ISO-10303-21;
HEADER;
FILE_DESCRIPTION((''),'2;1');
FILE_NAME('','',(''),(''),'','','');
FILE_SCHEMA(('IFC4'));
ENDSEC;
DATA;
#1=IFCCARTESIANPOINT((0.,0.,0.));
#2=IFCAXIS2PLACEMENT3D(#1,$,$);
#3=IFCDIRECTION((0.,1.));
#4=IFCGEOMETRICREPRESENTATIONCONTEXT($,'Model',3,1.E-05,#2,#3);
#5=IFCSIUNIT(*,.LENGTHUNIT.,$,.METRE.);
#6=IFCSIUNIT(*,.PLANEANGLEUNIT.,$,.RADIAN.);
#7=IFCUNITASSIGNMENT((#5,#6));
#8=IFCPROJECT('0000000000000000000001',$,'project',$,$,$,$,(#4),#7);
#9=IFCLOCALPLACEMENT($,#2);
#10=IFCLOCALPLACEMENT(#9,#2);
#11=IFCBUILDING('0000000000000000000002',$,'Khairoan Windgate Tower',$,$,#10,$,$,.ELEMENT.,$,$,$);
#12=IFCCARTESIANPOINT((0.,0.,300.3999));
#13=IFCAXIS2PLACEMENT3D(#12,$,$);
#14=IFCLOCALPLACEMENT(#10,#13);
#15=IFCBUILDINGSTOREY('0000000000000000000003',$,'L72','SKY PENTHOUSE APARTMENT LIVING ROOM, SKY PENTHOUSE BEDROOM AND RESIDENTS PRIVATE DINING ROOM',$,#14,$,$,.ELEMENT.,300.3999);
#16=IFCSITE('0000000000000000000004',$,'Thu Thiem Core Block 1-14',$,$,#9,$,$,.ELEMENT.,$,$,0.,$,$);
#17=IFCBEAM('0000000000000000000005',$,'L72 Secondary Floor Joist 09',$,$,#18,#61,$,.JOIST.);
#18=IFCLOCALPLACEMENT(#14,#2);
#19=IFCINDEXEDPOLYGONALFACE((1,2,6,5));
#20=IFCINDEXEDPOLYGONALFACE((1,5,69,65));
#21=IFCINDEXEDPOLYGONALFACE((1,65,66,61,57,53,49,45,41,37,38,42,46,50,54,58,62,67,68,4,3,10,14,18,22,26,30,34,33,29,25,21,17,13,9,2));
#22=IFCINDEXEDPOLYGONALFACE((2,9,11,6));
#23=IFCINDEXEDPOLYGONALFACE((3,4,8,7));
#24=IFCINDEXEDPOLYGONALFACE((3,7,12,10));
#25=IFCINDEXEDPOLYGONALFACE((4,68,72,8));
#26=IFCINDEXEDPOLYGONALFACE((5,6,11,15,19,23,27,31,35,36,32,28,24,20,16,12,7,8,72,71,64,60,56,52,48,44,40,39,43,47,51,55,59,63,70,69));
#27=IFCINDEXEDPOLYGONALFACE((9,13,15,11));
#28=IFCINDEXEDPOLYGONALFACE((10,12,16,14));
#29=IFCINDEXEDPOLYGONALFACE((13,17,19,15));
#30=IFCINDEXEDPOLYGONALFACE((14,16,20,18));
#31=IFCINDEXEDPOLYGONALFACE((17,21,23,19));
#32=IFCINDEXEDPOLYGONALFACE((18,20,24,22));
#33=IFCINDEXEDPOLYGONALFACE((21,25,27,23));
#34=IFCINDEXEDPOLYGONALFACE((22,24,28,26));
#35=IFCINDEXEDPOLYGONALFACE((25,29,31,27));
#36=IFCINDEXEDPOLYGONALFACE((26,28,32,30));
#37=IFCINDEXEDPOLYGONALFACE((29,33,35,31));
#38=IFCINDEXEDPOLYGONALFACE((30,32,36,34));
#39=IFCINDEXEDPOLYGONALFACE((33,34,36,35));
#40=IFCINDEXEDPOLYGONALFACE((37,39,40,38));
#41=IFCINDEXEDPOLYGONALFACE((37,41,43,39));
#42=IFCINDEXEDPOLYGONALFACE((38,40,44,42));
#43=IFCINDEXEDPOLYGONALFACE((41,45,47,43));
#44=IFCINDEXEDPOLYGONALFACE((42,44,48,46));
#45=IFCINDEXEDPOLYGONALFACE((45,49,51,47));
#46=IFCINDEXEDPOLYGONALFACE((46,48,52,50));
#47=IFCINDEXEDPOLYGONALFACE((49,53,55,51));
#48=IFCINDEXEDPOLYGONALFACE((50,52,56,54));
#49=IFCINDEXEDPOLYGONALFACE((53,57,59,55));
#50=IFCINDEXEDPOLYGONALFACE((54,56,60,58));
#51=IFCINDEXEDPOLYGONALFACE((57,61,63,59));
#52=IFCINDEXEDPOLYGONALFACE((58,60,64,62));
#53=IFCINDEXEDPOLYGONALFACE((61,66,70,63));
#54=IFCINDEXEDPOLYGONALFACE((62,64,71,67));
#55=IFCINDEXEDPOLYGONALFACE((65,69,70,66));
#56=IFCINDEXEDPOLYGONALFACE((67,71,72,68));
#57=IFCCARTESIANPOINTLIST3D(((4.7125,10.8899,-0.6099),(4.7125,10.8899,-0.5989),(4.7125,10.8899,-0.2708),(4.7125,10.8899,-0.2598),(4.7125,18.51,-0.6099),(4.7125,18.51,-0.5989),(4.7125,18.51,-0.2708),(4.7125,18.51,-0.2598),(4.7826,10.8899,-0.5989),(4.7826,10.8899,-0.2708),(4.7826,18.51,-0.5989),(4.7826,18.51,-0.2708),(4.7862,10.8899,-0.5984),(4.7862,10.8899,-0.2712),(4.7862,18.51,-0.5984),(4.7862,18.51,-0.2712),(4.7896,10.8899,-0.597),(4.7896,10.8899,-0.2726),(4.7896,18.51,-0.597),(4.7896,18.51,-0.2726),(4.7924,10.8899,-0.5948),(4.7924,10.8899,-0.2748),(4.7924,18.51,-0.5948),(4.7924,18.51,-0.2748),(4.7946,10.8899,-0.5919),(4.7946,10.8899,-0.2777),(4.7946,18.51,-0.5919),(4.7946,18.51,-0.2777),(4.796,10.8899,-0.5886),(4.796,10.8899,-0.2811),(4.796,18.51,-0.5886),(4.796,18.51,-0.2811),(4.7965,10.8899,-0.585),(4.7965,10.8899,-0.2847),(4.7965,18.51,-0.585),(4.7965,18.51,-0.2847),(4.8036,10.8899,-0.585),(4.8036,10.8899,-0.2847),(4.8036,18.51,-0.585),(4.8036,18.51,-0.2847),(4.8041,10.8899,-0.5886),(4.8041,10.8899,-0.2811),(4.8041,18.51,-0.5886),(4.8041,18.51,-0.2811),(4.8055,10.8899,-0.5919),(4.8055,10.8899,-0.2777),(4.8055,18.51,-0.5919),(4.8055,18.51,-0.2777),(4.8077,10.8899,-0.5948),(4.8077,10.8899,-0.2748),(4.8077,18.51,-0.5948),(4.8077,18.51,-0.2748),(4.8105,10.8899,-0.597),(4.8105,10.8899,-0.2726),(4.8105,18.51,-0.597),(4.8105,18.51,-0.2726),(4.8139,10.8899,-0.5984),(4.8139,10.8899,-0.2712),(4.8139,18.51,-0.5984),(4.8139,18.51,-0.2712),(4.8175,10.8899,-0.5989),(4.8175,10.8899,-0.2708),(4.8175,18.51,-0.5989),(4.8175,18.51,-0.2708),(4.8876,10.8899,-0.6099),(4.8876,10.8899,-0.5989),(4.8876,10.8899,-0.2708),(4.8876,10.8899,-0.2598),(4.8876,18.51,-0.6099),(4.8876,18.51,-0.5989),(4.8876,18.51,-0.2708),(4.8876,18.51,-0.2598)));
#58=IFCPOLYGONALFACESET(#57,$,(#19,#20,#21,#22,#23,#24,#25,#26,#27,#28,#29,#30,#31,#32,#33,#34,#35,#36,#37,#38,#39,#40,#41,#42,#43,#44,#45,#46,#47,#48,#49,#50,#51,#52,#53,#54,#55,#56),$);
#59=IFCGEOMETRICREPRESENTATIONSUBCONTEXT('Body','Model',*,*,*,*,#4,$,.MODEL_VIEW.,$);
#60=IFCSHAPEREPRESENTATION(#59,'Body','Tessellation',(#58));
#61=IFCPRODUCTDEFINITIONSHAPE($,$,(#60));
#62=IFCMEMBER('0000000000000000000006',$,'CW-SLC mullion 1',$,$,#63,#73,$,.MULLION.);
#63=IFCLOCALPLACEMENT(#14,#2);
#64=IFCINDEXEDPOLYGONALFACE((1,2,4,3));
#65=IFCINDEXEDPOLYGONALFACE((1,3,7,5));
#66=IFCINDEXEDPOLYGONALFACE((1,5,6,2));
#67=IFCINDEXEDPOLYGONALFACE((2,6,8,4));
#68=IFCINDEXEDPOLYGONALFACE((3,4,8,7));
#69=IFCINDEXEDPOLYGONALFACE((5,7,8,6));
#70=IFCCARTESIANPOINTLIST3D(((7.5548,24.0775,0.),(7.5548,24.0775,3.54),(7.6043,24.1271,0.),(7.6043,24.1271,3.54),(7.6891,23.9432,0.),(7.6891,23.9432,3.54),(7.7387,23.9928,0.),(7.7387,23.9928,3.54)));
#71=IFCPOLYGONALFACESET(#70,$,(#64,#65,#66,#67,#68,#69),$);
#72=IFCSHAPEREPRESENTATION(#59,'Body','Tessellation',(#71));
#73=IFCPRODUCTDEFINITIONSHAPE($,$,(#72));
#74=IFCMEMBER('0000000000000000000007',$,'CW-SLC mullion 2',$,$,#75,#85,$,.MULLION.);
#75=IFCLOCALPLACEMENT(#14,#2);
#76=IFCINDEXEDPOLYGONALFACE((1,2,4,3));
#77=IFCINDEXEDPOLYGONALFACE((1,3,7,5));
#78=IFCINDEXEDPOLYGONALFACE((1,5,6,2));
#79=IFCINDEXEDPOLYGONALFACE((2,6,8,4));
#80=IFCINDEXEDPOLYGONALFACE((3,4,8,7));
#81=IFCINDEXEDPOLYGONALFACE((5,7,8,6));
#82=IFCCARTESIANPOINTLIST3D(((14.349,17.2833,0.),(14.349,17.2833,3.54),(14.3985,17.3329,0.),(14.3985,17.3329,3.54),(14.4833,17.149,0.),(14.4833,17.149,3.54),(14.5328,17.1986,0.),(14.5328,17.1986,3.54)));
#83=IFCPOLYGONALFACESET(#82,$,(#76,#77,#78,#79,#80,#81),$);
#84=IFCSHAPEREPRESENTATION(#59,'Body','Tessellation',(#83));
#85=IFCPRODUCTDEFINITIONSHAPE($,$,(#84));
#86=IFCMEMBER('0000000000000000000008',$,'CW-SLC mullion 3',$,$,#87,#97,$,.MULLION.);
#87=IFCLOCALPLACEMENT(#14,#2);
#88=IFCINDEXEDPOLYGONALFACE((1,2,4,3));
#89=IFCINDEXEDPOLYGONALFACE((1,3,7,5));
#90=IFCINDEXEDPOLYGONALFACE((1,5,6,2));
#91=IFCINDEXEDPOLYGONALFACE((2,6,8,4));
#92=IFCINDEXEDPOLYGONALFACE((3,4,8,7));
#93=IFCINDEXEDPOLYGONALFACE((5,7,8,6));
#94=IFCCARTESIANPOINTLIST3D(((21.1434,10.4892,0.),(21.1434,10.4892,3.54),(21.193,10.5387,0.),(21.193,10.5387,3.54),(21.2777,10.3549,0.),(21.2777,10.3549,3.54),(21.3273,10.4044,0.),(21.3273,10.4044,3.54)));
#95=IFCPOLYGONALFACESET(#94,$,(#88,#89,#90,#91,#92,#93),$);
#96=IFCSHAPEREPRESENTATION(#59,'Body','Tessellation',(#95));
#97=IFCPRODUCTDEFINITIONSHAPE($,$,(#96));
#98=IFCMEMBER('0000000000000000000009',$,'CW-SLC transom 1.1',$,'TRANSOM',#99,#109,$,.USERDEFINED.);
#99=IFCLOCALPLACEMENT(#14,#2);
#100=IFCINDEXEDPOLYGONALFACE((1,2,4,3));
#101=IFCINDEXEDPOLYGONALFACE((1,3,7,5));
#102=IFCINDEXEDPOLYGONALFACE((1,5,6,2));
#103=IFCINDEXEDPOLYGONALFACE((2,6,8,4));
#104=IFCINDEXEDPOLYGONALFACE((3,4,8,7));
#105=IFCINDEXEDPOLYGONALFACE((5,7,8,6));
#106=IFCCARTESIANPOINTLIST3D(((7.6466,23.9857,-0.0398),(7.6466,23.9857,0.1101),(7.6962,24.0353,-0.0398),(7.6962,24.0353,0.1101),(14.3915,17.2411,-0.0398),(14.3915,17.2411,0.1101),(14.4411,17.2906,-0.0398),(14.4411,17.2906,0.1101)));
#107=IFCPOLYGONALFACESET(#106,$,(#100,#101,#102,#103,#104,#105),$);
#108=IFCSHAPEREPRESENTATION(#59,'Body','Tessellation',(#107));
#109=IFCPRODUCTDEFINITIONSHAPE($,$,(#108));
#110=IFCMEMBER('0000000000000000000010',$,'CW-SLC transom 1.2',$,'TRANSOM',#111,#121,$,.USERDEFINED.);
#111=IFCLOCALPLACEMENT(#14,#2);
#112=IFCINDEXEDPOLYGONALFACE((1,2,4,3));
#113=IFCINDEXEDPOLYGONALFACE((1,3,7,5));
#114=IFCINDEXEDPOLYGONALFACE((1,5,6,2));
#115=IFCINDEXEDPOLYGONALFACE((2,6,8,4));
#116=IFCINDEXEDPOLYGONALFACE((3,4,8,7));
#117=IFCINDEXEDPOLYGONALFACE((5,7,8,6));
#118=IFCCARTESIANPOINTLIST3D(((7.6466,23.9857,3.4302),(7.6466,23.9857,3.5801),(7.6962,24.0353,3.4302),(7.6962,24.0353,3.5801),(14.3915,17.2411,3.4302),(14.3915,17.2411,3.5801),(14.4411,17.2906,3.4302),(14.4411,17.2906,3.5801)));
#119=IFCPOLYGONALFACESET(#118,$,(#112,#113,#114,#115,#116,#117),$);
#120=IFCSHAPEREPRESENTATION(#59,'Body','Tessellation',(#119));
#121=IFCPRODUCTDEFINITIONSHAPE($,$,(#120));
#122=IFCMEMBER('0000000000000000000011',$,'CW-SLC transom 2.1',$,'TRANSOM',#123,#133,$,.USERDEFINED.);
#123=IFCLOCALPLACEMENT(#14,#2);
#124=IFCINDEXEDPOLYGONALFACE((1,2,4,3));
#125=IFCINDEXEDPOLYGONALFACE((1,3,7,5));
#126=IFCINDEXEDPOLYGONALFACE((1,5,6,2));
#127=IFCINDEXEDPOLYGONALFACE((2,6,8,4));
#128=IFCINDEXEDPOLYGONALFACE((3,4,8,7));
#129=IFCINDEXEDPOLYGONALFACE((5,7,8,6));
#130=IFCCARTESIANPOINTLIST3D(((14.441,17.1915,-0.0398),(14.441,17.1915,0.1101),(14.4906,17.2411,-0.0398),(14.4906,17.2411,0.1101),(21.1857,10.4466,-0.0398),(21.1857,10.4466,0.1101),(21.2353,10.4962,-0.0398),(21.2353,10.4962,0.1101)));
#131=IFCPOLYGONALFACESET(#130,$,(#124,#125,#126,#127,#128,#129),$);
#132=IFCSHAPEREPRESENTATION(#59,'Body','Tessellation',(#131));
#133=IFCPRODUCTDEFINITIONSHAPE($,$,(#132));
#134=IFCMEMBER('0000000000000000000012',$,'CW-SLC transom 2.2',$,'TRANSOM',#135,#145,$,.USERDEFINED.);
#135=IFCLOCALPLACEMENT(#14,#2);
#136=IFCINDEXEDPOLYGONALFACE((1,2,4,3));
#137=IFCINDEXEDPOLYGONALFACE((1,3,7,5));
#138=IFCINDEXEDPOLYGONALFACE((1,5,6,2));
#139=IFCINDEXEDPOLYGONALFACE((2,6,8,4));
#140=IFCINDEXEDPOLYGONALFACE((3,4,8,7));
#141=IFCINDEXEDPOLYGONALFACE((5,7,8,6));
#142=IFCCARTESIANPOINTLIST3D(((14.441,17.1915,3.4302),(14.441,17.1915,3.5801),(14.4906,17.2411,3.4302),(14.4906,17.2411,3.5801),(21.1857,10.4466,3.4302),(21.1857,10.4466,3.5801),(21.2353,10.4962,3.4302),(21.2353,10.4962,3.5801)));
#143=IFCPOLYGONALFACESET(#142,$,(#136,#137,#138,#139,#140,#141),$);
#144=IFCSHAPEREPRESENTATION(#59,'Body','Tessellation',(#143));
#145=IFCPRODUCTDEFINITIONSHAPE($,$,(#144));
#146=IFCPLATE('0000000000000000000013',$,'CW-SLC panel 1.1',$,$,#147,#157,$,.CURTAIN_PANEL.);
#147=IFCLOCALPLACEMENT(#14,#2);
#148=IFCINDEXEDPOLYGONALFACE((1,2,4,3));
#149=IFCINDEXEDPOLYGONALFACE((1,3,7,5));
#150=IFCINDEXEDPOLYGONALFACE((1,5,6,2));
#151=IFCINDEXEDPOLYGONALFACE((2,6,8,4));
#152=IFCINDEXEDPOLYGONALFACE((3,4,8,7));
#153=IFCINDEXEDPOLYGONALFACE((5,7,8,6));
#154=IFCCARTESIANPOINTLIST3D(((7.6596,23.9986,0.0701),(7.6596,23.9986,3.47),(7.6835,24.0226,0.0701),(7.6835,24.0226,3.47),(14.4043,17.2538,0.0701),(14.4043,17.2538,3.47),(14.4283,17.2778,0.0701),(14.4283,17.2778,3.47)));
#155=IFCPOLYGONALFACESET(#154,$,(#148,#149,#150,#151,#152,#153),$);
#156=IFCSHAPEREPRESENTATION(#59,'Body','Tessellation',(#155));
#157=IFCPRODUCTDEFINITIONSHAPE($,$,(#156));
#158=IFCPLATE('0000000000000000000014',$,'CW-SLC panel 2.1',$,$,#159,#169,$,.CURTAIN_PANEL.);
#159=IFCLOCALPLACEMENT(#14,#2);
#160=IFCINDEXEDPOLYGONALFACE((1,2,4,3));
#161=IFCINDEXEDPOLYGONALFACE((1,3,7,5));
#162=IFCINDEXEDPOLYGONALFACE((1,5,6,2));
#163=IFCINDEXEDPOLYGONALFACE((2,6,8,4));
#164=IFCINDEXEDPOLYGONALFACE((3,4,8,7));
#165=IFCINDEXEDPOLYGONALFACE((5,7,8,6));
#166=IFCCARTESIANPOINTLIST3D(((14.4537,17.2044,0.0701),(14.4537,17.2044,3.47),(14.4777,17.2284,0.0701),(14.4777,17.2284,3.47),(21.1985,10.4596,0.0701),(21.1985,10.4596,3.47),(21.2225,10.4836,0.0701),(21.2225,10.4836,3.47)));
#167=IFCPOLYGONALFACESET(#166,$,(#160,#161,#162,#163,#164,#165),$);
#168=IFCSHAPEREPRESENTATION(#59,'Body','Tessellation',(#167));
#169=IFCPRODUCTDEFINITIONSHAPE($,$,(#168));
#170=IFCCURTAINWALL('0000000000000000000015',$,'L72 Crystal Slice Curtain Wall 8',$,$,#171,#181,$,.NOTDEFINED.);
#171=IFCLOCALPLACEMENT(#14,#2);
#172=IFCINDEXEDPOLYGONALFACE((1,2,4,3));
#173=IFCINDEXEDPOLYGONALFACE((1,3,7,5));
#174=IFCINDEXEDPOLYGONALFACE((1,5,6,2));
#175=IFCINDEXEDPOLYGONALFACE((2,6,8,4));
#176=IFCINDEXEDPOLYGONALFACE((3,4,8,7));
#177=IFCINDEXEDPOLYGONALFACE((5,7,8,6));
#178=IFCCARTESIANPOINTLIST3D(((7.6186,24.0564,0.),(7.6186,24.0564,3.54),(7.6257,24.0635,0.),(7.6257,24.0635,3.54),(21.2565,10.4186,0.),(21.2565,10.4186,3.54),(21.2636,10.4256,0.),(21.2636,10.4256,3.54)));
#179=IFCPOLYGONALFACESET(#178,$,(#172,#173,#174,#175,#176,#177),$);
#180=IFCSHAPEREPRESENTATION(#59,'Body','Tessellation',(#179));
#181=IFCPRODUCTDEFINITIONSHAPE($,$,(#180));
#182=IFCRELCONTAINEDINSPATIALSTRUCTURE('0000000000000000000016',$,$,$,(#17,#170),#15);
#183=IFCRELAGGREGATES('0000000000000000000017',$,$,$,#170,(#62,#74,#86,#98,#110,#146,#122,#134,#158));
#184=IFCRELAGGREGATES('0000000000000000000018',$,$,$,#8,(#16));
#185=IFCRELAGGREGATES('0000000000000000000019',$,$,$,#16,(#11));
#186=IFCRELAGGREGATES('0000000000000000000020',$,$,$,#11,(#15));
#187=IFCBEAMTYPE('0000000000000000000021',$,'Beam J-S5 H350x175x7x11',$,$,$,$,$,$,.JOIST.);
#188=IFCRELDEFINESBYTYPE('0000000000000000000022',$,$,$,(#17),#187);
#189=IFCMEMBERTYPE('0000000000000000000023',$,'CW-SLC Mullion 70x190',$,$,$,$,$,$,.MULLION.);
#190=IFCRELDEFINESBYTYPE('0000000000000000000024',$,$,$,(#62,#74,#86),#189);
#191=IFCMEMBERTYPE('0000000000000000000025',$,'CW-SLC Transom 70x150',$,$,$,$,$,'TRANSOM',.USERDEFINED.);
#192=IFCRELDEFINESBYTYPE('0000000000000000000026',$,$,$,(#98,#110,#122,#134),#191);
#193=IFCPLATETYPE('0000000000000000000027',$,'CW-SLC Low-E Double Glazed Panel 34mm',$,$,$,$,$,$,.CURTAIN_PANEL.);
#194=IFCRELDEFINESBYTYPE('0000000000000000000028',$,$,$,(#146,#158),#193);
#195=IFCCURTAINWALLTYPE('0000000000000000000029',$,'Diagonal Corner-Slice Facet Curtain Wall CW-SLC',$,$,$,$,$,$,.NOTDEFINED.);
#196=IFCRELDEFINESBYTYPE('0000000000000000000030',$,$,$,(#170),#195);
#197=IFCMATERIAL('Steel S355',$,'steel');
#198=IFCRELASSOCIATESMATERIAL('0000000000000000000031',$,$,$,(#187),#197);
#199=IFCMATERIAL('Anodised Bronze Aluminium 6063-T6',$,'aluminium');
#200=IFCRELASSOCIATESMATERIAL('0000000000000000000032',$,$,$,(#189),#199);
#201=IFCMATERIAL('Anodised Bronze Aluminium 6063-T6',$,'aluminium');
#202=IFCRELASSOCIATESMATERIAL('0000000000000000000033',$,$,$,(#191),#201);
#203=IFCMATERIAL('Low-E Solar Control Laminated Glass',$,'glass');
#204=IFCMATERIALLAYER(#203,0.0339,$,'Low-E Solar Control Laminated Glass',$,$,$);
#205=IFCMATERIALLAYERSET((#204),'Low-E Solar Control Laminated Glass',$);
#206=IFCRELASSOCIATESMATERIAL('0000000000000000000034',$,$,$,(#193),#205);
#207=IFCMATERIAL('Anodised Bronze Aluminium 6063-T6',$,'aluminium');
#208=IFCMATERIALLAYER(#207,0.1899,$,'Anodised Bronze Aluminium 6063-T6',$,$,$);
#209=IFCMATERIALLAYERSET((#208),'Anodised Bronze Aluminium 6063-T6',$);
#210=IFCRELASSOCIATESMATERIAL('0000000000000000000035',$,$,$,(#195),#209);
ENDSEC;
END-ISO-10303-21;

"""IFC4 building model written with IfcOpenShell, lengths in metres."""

from ifc_helpers import new_model, si_unit, direction, frame, frame_2d, origin, origin_2d, place, context, subcontext, project, spatial, rectangle, i_section, extrude, material, layer, layer_set, material_profile, profile_set, type_object, element, aggregate, save


model = new_model("IFC4")

# Units and contexts
model_context = context("Model", 3, precision=1e-05, world=origin(), true_north=direction((0.0, 1.0)))
body_context = subcontext(model_context, "Body", "Model", "MODEL_VIEW")
ifc_project = project(units=[si_unit("LENGTHUNIT", "METRE"), si_unit("PLANEANGLEUNIT", "RADIAN")], contexts=[model_context])

# Site, building, storey
site_placement = place(None, origin())
site = spatial("IfcSite", under=ifc_project, at=site_placement, Name="Thu Thiem Core Block 1-14", CompositionType="ELEMENT", RefElevation=0.0)
building_placement = place(site_placement, origin())
building = spatial("IfcBuilding", under=site, at=building_placement, Name="Khairoan Windgate Tower", CompositionType="ELEMENT")
storey_placement = place(building_placement, frame((0.0, 0.0, 300.3999)))
storey = spatial("IfcBuildingStorey", under=building, at=storey_placement, Name="L72", Description="SKY PENTHOUSE APARTMENT LIVING ROOM, SKY PENTHOUSE BEDROOM AND RESIDENTS PRIVATE DINING ROOM", CompositionType="ELEMENT", Elevation=300.3999)

# Beam
ifc_material_1 = material(Name="Steel S355", Category="steel")
ifc_material_profile_1 = material_profile(ifc_material_1, i_section(OverallWidth=0.175, OverallDepth=0.3501, WebThickness=0.0071, FlangeThickness=0.011, FilletRadius=0.0139, at=origin_2d()))
ifc_profile_set_1 = profile_set([ifc_material_profile_1], Name="Steel S355")
beam_type_1 = type_object("IfcBeamType", Name="Beam J-S5 H350x175x7x11", PredefinedType="JOIST", material=ifc_profile_set_1)
beam_1_placement = place(storey_placement, frame((4.8, 10.8899, -0.4348), z_axis=(0.0, 1.0, 0.0), x_axis=(-1.0, 0.0, 0.0)))
element("IfcBeam", 1, at=beam_1_placement, inside=storey, type_object=beam_type_1, Name="L72 Secondary Floor Joist 09", PredefinedType="JOIST", context=body_context, shape_type="SweptSolid", body=[
    extrude(i_section(OverallWidth=0.175, OverallDepth=0.3501, WebThickness=0.0071, FlangeThickness=0.011, FilletRadius=0.0139, at=origin_2d()), origin(), (0.0, 0.0, 1.0), 7.6201),
])

# Members
ifc_material_2 = material(Name="Anodised Bronze Aluminium 6063-T6", Category="aluminium")
ifc_material_profile_2 = material_profile(ifc_material_2, rectangle(XDim=0.0701, YDim=0.1899, at=origin_2d()))
ifc_profile_set_2 = profile_set([ifc_material_profile_2], Name="Anodised Bronze Aluminium 6063-T6")
member_type_1 = type_object("IfcMemberType", Name="CW-SLC Mullion 70x190", PredefinedType="MULLION", material=ifc_profile_set_2)
member_1_placement = place(storey_placement, frame((7.6467, 24.0352, 0.0), z_axis=(0.0, 0.0, 1.0), x_axis=(0.707107, 0.707107, 0.0)))
member_1 = element("IfcMember", 2, at=member_1_placement, type_object=member_type_1, Name="CW-SLC mullion 1", PredefinedType="MULLION", context=body_context, shape_type="SweptSolid", body=[
    extrude(rectangle(XDim=0.0701, YDim=0.1899, at=origin_2d()), origin(), (0.0, 0.0, 1.0), 3.54),
])
member_2_placement = place(storey_placement, frame((14.4409, 17.241, 0.0), z_axis=(0.0, 0.0, 1.0), x_axis=(0.707107, 0.707107, 0.0)))
member_2 = element("IfcMember", 3, at=member_2_placement, type_object=member_type_1, Name="CW-SLC mullion 2", PredefinedType="MULLION", context=body_context, shape_type="SweptSolid", body=[
    extrude(rectangle(XDim=0.0701, YDim=0.1899, at=origin_2d()), origin(), (0.0, 0.0, 1.0), 3.54),
])
member_3_placement = place(storey_placement, frame((21.2354, 10.4468, 0.0), z_axis=(0.0, 0.0, 1.0), x_axis=(0.707107, 0.707107, 0.0)))
member_3 = element("IfcMember", 4, at=member_3_placement, type_object=member_type_1, Name="CW-SLC mullion 3", PredefinedType="MULLION", context=body_context, shape_type="SweptSolid", body=[
    extrude(rectangle(XDim=0.0701, YDim=0.1899, at=origin_2d()), origin(), (0.0, 0.0, 1.0), 3.54),
])
ifc_material_3 = material(Name="Anodised Bronze Aluminium 6063-T6", Category="aluminium")
ifc_material_profile_3 = material_profile(ifc_material_3, rectangle(XDim=0.0701, YDim=0.1499, at=origin_2d()))
ifc_profile_set_3 = profile_set([ifc_material_profile_3], Name="Anodised Bronze Aluminium 6063-T6")
member_type_2 = type_object("IfcMemberType", Name="CW-SLC Transom 70x150", ElementType="TRANSOM", PredefinedType="USERDEFINED", material=ifc_profile_set_3)
member_4_placement = place(storey_placement, frame((7.6714, 24.0105, 0.0352), z_axis=(0.70712, -0.707094, 0.0), x_axis=(0.707094, 0.70712, 0.0)))
member_4 = element("IfcMember", 5, at=member_4_placement, type_object=member_type_2, Name="CW-SLC transom 1.1", ObjectType="TRANSOM", PredefinedType="USERDEFINED", context=body_context, shape_type="SweptSolid", body=[
    extrude(rectangle(XDim=0.0701, YDim=0.1499, at=origin_2d()), origin(), (0.0, 0.0, 1.0), 9.5386),
])
member_5_placement = place(storey_placement, frame((7.6714, 24.0105, 3.5051), z_axis=(0.70712, -0.707094, 0.0), x_axis=(0.707094, 0.70712, 0.0)))
member_5 = element("IfcMember", 6, at=member_5_placement, type_object=member_type_2, Name="CW-SLC transom 1.2", ObjectType="TRANSOM", PredefinedType="USERDEFINED", context=body_context, shape_type="SweptSolid", body=[
    extrude(rectangle(XDim=0.0701, YDim=0.1499, at=origin_2d()), origin(), (0.0, 0.0, 1.0), 9.5386),
])
member_6_placement = place(storey_placement, frame((14.4658, 17.2163, 0.0352), z_axis=(0.707094, -0.70712, 0.0), x_axis=(0.70712, 0.707094, 0.0)))
member_6 = element("IfcMember", 7, at=member_6_placement, type_object=member_type_2, Name="CW-SLC transom 2.1", ObjectType="TRANSOM", PredefinedType="USERDEFINED", context=body_context, shape_type="SweptSolid", body=[
    extrude(rectangle(XDim=0.0701, YDim=0.1499, at=origin_2d()), origin(), (0.0, 0.0, 1.0), 9.5386),
])
member_7_placement = place(storey_placement, frame((14.4658, 17.2163, 3.5051), z_axis=(0.707094, -0.70712, 0.0), x_axis=(0.70712, 0.707094, 0.0)))
member_7 = element("IfcMember", 8, at=member_7_placement, type_object=member_type_2, Name="CW-SLC transom 2.2", ObjectType="TRANSOM", PredefinedType="USERDEFINED", context=body_context, shape_type="SweptSolid", body=[
    extrude(rectangle(XDim=0.0701, YDim=0.1499, at=origin_2d()), origin(), (0.0, 0.0, 1.0), 9.5386),
])

# Plates
ifc_material_4 = material(Name="Low-E Solar Control Laminated Glass", Category="glass")
ifc_layer_1 = layer(ifc_material_4, 0.0339, Name="Low-E Solar Control Laminated Glass")
ifc_layer_set_1 = layer_set([ifc_layer_1], Name="Low-E Solar Control Laminated Glass")
plate_type_1 = type_object("IfcPlateType", Name="CW-SLC Low-E Double Glazed Panel 34mm", PredefinedType="CURTAIN_PANEL", material=ifc_layer_set_1)
plate_1_placement = place(storey_placement, frame((11.0439, 20.6382, 0.0701), z_axis=(0.0, 0.0, 1.0), x_axis=(0.707107, -0.707107, 0.0)))
plate_1 = element("IfcPlate", 9, at=plate_1_placement, type_object=plate_type_1, Name="CW-SLC panel 1.1", PredefinedType="CURTAIN_PANEL", context=body_context, shape_type="SweptSolid", body=[
    extrude(rectangle(XDim=9.5386, YDim=0.0339, at=origin_2d()), origin(), (0.0, 0.0, 1.0), 3.3999),
])
plate_2_placement = place(storey_placement, frame((17.8381, 13.844, 0.0701), z_axis=(0.0, 0.0, 1.0), x_axis=(0.707107, -0.707107, 0.0)))
plate_2 = element("IfcPlate", 10, at=plate_2_placement, type_object=plate_type_1, Name="CW-SLC panel 2.1", PredefinedType="CURTAIN_PANEL", context=body_context, shape_type="SweptSolid", body=[
    extrude(rectangle(XDim=9.5386, YDim=0.0339, at=origin_2d()), origin(), (0.0, 0.0, 1.0), 3.3999),
])

# Curtain wall
ifc_material_5 = material(Name="Anodised Bronze Aluminium 6063-T6", Category="aluminium")
ifc_layer_2 = layer(ifc_material_5, 0.1899, Name="Anodised Bronze Aluminium 6063-T6")
ifc_layer_set_2 = layer_set([ifc_layer_2], Name="Anodised Bronze Aluminium 6063-T6")
curtain_wall_type_1 = type_object("IfcCurtainWallType", Name="Diagonal Corner-Slice Facet Curtain Wall CW-SLC", PredefinedType="NOTDEFINED", material=ifc_layer_set_2)
curtain_wall_1_placement = place(storey_placement, frame((7.6221, 24.0601, 0.0), z_axis=(0.0, 0.0, 1.0), x_axis=(0.707107, -0.707107, 0.0)))
curtain_wall_1 = element("IfcCurtainWall", 11, at=curtain_wall_1_placement, inside=storey, type_object=curtain_wall_type_1, Name="L72 Crystal Slice Curtain Wall 8", PredefinedType="NOTDEFINED", context=body_context, shape_type="SweptSolid", body=[
    extrude(rectangle(XDim=19.2869, YDim=0.01, at=frame_2d((9.6436, 0.0))), origin(), (0.0, 0.0, 1.0), 3.54),
])
aggregate(curtain_wall_1, [member_1, member_2, member_3, member_4, member_5, plate_1, member_6, member_7, plate_2])

save(model, "model.ifc")
